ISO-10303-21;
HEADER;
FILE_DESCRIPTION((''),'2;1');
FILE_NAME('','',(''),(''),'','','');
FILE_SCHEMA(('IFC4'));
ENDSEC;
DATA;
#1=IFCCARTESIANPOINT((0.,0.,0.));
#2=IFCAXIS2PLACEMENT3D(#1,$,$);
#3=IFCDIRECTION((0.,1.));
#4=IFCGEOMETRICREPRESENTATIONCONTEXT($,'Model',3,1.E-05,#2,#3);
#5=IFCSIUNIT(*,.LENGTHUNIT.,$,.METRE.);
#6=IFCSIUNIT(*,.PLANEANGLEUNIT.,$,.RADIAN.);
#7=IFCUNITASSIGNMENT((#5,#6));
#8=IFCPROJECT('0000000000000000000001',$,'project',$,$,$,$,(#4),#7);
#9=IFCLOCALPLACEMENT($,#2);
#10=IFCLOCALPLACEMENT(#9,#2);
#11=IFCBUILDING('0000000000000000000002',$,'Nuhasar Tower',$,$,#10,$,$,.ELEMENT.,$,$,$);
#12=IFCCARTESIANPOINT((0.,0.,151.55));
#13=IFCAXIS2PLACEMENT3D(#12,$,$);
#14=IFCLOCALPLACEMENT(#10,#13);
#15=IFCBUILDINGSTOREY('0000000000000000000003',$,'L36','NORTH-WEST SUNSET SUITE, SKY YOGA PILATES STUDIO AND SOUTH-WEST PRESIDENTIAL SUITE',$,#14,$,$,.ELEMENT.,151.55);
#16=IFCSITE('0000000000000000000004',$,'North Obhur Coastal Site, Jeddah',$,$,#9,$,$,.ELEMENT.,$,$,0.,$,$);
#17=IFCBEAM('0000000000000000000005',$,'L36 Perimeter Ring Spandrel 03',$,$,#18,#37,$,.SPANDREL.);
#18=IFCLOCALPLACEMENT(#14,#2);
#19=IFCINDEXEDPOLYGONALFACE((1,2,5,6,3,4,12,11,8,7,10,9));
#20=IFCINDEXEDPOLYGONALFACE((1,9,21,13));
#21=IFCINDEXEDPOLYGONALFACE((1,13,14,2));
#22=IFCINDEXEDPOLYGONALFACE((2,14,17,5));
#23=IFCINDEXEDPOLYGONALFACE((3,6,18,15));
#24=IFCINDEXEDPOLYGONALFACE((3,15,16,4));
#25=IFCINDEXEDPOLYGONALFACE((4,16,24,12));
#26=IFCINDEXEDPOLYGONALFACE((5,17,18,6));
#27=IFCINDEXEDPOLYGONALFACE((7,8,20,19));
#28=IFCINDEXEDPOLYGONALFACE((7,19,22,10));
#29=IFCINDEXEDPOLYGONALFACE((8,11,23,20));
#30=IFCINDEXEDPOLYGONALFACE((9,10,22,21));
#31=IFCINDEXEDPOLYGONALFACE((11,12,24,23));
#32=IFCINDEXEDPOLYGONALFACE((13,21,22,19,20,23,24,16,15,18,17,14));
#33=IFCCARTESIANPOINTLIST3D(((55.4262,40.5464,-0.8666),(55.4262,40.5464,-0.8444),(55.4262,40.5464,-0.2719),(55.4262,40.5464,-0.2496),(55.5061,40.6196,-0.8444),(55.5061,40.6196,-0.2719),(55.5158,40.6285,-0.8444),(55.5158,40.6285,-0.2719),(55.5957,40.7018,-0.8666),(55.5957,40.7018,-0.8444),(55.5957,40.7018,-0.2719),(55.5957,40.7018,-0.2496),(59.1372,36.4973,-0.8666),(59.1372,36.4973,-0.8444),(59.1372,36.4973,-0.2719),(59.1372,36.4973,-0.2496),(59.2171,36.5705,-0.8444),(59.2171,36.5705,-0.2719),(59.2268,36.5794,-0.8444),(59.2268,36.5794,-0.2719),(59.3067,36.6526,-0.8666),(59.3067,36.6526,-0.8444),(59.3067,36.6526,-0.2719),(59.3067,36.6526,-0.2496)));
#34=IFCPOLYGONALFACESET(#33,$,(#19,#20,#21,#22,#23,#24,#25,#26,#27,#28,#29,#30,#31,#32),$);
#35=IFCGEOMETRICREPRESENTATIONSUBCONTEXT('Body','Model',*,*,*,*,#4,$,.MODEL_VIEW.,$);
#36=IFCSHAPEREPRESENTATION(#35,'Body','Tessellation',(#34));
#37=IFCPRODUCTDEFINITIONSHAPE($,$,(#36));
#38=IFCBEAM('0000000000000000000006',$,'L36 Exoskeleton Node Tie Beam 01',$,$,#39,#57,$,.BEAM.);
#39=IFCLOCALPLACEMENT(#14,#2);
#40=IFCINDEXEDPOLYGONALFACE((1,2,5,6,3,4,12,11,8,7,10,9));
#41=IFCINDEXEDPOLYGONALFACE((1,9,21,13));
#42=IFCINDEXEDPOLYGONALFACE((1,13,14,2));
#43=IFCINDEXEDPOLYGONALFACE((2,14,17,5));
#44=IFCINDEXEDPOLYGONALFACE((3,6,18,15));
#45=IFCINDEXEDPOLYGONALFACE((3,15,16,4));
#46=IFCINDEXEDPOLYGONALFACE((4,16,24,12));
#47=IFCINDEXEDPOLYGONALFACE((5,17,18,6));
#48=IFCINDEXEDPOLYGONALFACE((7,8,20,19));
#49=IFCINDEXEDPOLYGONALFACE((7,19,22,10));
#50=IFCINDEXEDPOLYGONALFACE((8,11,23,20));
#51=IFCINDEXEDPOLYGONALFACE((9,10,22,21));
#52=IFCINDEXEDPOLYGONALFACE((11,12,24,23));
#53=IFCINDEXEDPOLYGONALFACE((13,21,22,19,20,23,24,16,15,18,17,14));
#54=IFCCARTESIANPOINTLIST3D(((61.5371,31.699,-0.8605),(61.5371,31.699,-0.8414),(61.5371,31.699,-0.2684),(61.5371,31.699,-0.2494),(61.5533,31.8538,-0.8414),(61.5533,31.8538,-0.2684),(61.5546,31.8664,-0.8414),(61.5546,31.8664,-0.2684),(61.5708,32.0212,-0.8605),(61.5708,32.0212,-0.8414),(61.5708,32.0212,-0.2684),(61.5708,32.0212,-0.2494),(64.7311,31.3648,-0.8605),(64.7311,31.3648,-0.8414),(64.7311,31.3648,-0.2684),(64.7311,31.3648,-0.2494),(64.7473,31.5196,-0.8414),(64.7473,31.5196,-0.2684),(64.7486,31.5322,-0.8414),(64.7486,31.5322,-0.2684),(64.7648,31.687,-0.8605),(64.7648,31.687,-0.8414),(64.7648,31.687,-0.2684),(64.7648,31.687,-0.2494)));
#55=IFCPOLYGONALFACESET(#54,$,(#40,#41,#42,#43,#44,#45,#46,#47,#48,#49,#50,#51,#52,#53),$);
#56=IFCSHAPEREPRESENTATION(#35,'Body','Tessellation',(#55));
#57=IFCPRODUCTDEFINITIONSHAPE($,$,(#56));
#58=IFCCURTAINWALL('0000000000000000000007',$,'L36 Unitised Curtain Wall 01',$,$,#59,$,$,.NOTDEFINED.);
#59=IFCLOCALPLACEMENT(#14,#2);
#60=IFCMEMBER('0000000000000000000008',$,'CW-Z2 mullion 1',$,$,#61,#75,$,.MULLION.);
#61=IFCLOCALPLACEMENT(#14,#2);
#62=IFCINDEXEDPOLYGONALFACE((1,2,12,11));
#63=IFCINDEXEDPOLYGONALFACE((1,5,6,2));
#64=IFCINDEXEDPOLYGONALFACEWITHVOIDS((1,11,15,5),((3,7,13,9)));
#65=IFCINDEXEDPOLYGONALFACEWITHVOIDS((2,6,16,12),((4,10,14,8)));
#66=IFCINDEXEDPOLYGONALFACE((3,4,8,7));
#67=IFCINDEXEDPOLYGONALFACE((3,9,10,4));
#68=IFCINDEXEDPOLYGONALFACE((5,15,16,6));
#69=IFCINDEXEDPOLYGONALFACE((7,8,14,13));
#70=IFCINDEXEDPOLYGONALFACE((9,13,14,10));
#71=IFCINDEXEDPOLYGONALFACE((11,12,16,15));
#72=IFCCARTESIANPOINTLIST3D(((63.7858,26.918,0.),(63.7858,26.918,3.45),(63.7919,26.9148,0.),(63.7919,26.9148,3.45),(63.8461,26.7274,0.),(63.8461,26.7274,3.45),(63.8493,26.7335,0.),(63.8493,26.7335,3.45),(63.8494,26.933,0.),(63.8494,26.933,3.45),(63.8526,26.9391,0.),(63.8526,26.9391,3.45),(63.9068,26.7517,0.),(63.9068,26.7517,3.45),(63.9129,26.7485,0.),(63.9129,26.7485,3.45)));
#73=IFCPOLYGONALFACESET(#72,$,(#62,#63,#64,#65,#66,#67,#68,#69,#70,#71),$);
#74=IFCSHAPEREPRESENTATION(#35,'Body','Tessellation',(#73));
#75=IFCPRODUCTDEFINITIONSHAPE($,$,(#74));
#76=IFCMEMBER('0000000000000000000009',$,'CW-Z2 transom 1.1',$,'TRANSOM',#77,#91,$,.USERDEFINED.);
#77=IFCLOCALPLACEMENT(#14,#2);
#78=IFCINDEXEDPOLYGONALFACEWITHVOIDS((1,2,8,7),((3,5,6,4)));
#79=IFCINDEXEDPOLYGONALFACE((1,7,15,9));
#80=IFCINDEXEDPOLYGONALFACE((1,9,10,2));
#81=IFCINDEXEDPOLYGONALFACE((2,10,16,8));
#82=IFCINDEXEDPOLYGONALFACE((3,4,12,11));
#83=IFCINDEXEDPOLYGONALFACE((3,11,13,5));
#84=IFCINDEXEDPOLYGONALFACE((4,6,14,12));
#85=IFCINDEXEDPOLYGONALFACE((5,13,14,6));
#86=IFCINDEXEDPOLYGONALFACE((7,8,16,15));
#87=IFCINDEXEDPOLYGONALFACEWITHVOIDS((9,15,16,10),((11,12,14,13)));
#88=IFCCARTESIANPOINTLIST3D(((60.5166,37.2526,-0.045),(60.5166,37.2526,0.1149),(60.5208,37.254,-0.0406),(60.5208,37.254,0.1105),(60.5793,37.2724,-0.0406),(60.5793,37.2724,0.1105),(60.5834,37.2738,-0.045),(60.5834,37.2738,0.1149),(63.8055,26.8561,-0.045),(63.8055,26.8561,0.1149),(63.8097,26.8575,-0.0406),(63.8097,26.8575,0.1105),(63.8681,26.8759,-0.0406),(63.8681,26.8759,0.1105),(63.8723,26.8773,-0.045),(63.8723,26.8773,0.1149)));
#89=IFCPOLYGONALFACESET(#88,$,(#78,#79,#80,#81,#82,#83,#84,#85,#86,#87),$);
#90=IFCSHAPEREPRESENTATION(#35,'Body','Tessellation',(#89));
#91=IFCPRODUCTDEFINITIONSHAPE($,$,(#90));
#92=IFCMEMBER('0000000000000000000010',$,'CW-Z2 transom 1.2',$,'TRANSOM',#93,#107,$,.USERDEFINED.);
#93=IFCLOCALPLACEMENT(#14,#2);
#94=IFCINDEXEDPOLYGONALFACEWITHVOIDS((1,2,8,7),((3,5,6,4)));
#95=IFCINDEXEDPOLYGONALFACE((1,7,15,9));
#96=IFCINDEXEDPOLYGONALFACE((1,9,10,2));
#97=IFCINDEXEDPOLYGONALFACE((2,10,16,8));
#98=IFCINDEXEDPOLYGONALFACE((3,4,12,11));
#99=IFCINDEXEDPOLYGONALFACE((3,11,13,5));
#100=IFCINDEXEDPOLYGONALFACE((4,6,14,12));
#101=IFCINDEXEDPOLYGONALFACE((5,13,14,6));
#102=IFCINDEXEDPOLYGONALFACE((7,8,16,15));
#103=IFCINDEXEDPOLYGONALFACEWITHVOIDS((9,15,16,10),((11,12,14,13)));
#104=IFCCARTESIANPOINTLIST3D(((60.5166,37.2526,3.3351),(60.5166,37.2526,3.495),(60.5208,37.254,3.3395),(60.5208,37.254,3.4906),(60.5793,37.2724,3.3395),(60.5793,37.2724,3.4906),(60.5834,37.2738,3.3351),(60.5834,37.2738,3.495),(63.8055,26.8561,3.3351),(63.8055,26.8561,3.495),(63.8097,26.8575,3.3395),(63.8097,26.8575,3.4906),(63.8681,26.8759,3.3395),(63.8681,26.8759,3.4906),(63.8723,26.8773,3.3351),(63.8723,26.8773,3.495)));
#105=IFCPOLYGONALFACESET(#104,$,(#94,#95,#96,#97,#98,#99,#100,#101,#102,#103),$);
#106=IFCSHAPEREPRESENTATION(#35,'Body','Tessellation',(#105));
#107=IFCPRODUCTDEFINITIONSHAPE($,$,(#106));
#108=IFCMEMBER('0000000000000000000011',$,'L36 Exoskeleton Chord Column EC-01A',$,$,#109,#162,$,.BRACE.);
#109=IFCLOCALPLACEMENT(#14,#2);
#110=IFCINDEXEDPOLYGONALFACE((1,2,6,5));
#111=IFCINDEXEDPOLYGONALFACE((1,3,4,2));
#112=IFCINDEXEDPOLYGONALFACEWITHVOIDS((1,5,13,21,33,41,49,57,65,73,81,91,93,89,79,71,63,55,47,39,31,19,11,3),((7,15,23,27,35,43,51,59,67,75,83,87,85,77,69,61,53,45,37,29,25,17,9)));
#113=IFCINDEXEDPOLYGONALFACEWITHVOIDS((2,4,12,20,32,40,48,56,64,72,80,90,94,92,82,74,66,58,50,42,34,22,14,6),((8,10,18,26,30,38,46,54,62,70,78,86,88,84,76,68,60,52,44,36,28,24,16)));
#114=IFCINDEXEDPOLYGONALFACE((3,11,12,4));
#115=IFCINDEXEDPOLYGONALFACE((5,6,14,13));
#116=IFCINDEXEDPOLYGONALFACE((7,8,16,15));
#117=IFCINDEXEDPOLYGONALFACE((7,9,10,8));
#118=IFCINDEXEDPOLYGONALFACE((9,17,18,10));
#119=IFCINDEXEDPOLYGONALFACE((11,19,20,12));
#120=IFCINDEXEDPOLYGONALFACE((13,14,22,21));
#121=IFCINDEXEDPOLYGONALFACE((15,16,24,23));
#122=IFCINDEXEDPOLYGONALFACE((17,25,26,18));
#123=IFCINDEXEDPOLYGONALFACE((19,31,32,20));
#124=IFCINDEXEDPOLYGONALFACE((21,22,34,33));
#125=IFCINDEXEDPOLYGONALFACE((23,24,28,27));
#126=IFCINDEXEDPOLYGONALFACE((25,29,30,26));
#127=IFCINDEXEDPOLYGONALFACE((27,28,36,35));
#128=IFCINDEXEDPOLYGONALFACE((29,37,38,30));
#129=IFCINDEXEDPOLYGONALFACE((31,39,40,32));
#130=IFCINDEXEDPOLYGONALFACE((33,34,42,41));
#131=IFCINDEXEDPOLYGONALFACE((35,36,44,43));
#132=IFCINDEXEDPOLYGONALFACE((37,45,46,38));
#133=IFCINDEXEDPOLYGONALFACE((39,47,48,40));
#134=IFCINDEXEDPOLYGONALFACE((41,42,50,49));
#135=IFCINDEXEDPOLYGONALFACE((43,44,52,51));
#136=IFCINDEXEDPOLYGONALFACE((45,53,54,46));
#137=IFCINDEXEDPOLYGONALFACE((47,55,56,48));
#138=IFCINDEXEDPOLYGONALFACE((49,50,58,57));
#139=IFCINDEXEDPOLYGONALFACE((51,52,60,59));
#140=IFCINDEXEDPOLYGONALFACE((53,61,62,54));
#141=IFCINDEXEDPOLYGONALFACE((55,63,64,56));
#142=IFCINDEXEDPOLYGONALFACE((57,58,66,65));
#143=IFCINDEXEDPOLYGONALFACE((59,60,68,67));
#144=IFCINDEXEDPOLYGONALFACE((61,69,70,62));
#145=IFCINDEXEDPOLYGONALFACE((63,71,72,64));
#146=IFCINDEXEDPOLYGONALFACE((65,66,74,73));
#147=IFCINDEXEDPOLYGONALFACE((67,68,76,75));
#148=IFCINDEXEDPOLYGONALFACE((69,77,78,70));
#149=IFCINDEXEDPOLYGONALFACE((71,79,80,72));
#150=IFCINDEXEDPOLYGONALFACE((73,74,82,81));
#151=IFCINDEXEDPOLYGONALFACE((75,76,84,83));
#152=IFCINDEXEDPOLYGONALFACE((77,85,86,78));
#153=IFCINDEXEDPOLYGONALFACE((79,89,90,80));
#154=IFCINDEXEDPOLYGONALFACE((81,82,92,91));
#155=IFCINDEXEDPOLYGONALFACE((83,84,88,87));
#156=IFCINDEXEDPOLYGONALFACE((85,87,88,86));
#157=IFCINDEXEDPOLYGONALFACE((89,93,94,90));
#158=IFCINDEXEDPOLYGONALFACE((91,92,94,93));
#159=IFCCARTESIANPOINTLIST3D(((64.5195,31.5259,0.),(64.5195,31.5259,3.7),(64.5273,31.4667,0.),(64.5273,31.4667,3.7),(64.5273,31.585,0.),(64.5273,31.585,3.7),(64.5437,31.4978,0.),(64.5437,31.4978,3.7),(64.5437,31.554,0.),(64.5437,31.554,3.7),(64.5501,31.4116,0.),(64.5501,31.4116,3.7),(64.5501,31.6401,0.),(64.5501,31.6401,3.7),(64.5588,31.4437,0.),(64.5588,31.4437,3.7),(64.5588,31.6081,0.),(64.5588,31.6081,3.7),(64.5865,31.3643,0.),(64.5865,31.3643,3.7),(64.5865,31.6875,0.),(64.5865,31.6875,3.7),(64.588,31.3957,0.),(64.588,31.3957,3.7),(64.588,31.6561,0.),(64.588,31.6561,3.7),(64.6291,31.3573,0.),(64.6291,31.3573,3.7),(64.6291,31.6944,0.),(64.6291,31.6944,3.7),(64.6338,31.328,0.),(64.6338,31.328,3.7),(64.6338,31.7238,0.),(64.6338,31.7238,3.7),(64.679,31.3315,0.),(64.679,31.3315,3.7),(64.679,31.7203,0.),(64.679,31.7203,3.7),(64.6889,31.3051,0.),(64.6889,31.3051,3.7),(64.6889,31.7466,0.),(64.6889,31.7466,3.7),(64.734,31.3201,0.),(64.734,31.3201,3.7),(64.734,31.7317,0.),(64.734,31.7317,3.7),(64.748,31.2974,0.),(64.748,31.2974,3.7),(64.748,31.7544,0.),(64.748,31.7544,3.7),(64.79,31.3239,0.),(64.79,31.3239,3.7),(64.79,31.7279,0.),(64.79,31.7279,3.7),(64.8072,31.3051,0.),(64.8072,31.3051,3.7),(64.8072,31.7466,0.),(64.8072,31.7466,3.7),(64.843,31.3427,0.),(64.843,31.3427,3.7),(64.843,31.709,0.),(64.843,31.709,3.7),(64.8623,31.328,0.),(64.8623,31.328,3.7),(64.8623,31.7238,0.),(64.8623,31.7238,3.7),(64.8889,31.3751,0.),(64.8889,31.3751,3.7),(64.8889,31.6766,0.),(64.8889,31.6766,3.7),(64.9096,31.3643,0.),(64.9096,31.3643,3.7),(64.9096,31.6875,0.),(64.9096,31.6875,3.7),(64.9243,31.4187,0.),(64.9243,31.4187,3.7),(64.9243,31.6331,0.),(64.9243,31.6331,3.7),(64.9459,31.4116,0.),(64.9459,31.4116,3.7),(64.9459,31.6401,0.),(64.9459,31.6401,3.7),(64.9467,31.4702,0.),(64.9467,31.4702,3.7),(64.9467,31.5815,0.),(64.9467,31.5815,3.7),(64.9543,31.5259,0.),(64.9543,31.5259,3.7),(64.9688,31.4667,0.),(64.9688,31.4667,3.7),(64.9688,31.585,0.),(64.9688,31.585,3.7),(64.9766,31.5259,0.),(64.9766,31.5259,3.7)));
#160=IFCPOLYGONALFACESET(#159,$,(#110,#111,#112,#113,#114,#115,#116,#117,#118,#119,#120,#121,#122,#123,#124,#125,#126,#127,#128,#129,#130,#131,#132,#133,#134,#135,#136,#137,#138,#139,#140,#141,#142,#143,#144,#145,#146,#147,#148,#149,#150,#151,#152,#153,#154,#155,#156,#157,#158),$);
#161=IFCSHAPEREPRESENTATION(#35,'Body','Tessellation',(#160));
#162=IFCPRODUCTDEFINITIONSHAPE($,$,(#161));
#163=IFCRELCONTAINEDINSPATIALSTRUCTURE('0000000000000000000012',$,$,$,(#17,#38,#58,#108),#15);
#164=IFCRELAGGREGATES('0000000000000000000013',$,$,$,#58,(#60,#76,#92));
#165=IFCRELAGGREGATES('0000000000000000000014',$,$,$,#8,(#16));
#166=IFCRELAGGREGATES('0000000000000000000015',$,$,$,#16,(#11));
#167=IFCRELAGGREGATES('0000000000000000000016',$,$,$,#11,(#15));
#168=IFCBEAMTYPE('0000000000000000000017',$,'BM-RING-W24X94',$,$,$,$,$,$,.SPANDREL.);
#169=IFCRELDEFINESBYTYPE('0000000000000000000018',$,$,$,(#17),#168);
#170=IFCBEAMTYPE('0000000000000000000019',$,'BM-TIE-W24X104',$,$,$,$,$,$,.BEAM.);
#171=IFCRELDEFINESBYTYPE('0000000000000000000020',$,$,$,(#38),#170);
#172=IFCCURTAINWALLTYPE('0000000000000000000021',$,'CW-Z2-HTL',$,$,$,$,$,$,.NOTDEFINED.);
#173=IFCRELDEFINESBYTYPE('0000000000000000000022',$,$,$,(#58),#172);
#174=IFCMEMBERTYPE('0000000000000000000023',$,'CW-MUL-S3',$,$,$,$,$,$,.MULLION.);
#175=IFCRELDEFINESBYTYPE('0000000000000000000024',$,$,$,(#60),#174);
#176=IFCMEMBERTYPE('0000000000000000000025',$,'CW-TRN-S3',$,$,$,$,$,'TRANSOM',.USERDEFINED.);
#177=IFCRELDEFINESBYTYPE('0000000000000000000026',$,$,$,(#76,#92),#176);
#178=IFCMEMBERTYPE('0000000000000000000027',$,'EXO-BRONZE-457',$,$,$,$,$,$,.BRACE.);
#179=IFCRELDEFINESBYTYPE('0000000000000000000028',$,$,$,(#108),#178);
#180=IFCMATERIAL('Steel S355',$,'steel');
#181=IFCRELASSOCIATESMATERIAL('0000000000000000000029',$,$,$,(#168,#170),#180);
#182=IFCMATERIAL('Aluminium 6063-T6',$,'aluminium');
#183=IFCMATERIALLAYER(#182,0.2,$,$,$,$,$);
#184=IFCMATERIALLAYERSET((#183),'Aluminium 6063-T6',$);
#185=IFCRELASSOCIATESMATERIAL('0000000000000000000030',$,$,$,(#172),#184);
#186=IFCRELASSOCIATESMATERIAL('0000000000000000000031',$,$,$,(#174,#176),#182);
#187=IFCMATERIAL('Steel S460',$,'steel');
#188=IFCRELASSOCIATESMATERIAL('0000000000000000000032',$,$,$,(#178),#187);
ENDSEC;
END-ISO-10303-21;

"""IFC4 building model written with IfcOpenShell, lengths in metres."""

from ifc_helpers import new_model, si_unit, direction, frame, origin, origin_2d, place, context, subcontext, project, spatial, hollow_rectangle, hollow_circle, i_section, extrude, material, layer, layer_set, material_profile, profile_set, type_object, element, aggregate, save


model = new_model("IFC4")

# Units and contexts
model_context = context("Model", 3, precision=1e-05, world=origin(), true_north=direction((0.0, 1.0)))
body_context = subcontext(model_context, "Body", "Model", "MODEL_VIEW")
ifc_project = project(units=[si_unit("LENGTHUNIT", "METRE"), si_unit("PLANEANGLEUNIT", "RADIAN")], contexts=[model_context])

# Site, building, storey
site_placement = place(None, origin())
site = spatial("IfcSite", under=ifc_project, at=site_placement, Name="North Obhur Coastal Site, Jeddah", CompositionType="ELEMENT", RefElevation=0.0)
building_placement = place(site_placement, origin())
building = spatial("IfcBuilding", under=site, at=building_placement, Name="Nuhasar Tower", CompositionType="ELEMENT")
storey_placement = place(building_placement, frame((0.0, 0.0, 151.55)))
storey = spatial("IfcBuildingStorey", under=building, at=storey_placement, Name="L36", Description="NORTH-WEST SUNSET SUITE, SKY YOGA PILATES STUDIO AND SOUTH-WEST PRESIDENTIAL SUITE", CompositionType="ELEMENT", Elevation=151.55)

# Beams
ifc_material_1 = material(Name="Steel S355", Category="steel")
ifc_material_profile_1 = material_profile(ifc_material_1, i_section(OverallWidth=0.23, OverallDepth=0.6169, WebThickness=0.0132, FlangeThickness=0.0222, at=origin_2d()), Name="W24X94")
ifc_profile_set_1 = profile_set([ifc_material_profile_1], Name="Steel S355")
beam_type_1 = type_object("IfcBeamType", Name="BM-RING-W24X94", PredefinedType="SPANDREL", material=ifc_profile_set_1)
beam_1_placement = place(storey_placement, frame((59.2219, 36.575, -0.5581), z_axis=(-0.675654, 0.737219, 0.0), x_axis=(-0.737219, -0.675654, 0.0)))
element("IfcBeam", 1, at=beam_1_placement, inside=storey, type_object=beam_type_1, Name="L36 Perimeter Ring Spandrel 03", PredefinedType="SPANDREL", context=body_context, shape_type="SweptSolid", body=[
    extrude(i_section(OverallWidth=0.23, OverallDepth=0.6169, WebThickness=0.0132, FlangeThickness=0.0222, at=origin_2d()), origin(), (0.0, 0.0, 1.0), 5.4924),
])
ifc_material_profile_2 = material_profile(ifc_material_1, i_section(OverallWidth=0.324, OverallDepth=0.6111, WebThickness=0.0127, FlangeThickness=0.019, at=origin_2d()), Name="W24X104")
ifc_profile_set_2 = profile_set([ifc_material_profile_2], Name="Steel S355")
beam_type_2 = type_object("IfcBeamType", Name="BM-TIE-W24X104", PredefinedType="BEAM", material=ifc_profile_set_2)
beam_2_placement = place(storey_placement, frame((61.554, 31.8601, -0.5549), z_axis=(0.99457, -0.104071, 0.0), x_axis=(0.104071, 0.99457, 0.0)))
element("IfcBeam", 2, at=beam_2_placement, inside=storey, type_object=beam_type_2, Name="L36 Exoskeleton Node Tie Beam 01", PredefinedType="BEAM", context=body_context, shape_type="SweptSolid", body=[
    extrude(i_section(OverallWidth=0.324, OverallDepth=0.6111, WebThickness=0.0127, FlangeThickness=0.019, at=origin_2d()), origin(), (0.0, 0.0, 1.0), 3.2114),
])

# Curtain wall, members
ifc_material_2 = material(Name="Aluminium 6063-T6", Category="aluminium")
ifc_layer_1 = layer(ifc_material_2, 0.2)
ifc_layer_set_1 = layer_set([ifc_layer_1], Name="Aluminium 6063-T6")
curtain_wall_type = type_object("IfcCurtainWallType", Name="CW-Z2-HTL", PredefinedType="NOTDEFINED", material=ifc_layer_set_1)
curtain_wall_placement = place(storey_placement, origin())
curtain_wall = element("IfcCurtainWall", 3, at=curtain_wall_placement, inside=storey, type_object=curtain_wall_type, Name="L36 Unitised Curtain Wall 01", PredefinedType="NOTDEFINED")
ifc_material_profile_3 = material_profile(ifc_material_2, hollow_rectangle(XDim=0.0701, YDim=0.2, WallThickness=0.0049, at=origin_2d()), Name="CWM-3")
ifc_profile_set_3 = profile_set([ifc_material_profile_3], Name="Aluminium 6063-T6")
member_type_1 = type_object("IfcMemberType", Name="CW-MUL-S3", PredefinedType="MULLION", material=ifc_profile_set_3)
member_1_placement = place(storey_placement, frame((63.8494, 26.8333, 0.0), z_axis=(0.0, 0.0, 1.0), x_axis=(-0.953433, -0.301604, 0.0)))
member_1 = element("IfcMember", 4, at=member_1_placement, type_object=member_type_1, Name="CW-Z2 mullion 1", PredefinedType="MULLION", context=body_context, shape_type="SweptSolid", body=[
    extrude(hollow_rectangle(XDim=0.0701, YDim=0.2, WallThickness=0.0049, at=origin_2d()), origin(), (0.0, 0.0, 1.0), 3.45),
])
ifc_material_profile_4 = material_profile(ifc_material_2, hollow_rectangle(XDim=0.0701, YDim=0.1599, WallThickness=0.0044, at=origin_2d()), Name="CWT-3")
ifc_profile_set_4 = profile_set([ifc_material_profile_4], Name="Aluminium 6063-T6")
member_type_2 = type_object("IfcMemberType", Name="CW-TRN-S3", ElementType="TRANSOM", PredefinedType="USERDEFINED", material=ifc_profile_set_4)
member_2_placement = place(storey_placement, frame((63.8389, 26.8667, 0.0349), z_axis=(-0.301608, 0.953432, 0.0), x_axis=(-0.953432, -0.301608, 0.0)))
member_2 = element("IfcMember", 5, at=member_2_placement, type_object=member_type_2, Name="CW-Z2 transom 1.1", ObjectType="TRANSOM", PredefinedType="USERDEFINED", context=body_context, shape_type="SweptSolid", body=[
    extrude(hollow_rectangle(XDim=0.0701, YDim=0.1599, WallThickness=0.0044, at=origin_2d()), origin(), (0.0, 0.0, 1.0), 10.9043),
])
member_3_placement = place(storey_placement, frame((63.8389, 26.8667, 3.415), z_axis=(-0.301608, 0.953432, 0.0), x_axis=(-0.953432, -0.301608, 0.0)))
member_3 = element("IfcMember", 6, at=member_3_placement, type_object=member_type_2, Name="CW-Z2 transom 1.2", ObjectType="TRANSOM", PredefinedType="USERDEFINED", context=body_context, shape_type="SweptSolid", body=[
    extrude(hollow_rectangle(XDim=0.0701, YDim=0.1599, WallThickness=0.0044, at=origin_2d()), origin(), (0.0, 0.0, 1.0), 10.9043),
])

# Member
ifc_material_3 = material(Name="Steel S460", Category="steel")
ifc_material_profile_5 = material_profile(ifc_material_3, hollow_circle(Radius=0.2285, WallThickness=0.0222, at=origin_2d()), Name="HSS457X22.2")
ifc_profile_set_5 = profile_set([ifc_material_profile_5], Name="Steel S460")
member_type_3 = type_object("IfcMemberType", Name="EXO-BRONZE-457", PredefinedType="BRACE", material=ifc_profile_set_5)
for number, where, z_axis, x_axis, name in (
    (7, (64.748, 31.5259, 0.0), (0.0, 0.0, 1.0), (1.0, 0.0, 0.0), "L36 Exoskeleton Chord Column EC-01A"),
):
    element("IfcMember", number, at=place(storey_placement, frame(where, z_axis=z_axis, x_axis=x_axis)), inside=storey, type_object=member_type_3, Name=name, PredefinedType="BRACE", context=body_context, shape_type="SweptSolid", body=[
        extrude(hollow_circle(Radius=0.2285, WallThickness=0.0222, at=origin_2d()), origin(), (0.0, 0.0, 1.0), 3.7),
    ])

aggregate(curtain_wall, [member_1, member_2, member_3])

save(model, "model.ifc")
